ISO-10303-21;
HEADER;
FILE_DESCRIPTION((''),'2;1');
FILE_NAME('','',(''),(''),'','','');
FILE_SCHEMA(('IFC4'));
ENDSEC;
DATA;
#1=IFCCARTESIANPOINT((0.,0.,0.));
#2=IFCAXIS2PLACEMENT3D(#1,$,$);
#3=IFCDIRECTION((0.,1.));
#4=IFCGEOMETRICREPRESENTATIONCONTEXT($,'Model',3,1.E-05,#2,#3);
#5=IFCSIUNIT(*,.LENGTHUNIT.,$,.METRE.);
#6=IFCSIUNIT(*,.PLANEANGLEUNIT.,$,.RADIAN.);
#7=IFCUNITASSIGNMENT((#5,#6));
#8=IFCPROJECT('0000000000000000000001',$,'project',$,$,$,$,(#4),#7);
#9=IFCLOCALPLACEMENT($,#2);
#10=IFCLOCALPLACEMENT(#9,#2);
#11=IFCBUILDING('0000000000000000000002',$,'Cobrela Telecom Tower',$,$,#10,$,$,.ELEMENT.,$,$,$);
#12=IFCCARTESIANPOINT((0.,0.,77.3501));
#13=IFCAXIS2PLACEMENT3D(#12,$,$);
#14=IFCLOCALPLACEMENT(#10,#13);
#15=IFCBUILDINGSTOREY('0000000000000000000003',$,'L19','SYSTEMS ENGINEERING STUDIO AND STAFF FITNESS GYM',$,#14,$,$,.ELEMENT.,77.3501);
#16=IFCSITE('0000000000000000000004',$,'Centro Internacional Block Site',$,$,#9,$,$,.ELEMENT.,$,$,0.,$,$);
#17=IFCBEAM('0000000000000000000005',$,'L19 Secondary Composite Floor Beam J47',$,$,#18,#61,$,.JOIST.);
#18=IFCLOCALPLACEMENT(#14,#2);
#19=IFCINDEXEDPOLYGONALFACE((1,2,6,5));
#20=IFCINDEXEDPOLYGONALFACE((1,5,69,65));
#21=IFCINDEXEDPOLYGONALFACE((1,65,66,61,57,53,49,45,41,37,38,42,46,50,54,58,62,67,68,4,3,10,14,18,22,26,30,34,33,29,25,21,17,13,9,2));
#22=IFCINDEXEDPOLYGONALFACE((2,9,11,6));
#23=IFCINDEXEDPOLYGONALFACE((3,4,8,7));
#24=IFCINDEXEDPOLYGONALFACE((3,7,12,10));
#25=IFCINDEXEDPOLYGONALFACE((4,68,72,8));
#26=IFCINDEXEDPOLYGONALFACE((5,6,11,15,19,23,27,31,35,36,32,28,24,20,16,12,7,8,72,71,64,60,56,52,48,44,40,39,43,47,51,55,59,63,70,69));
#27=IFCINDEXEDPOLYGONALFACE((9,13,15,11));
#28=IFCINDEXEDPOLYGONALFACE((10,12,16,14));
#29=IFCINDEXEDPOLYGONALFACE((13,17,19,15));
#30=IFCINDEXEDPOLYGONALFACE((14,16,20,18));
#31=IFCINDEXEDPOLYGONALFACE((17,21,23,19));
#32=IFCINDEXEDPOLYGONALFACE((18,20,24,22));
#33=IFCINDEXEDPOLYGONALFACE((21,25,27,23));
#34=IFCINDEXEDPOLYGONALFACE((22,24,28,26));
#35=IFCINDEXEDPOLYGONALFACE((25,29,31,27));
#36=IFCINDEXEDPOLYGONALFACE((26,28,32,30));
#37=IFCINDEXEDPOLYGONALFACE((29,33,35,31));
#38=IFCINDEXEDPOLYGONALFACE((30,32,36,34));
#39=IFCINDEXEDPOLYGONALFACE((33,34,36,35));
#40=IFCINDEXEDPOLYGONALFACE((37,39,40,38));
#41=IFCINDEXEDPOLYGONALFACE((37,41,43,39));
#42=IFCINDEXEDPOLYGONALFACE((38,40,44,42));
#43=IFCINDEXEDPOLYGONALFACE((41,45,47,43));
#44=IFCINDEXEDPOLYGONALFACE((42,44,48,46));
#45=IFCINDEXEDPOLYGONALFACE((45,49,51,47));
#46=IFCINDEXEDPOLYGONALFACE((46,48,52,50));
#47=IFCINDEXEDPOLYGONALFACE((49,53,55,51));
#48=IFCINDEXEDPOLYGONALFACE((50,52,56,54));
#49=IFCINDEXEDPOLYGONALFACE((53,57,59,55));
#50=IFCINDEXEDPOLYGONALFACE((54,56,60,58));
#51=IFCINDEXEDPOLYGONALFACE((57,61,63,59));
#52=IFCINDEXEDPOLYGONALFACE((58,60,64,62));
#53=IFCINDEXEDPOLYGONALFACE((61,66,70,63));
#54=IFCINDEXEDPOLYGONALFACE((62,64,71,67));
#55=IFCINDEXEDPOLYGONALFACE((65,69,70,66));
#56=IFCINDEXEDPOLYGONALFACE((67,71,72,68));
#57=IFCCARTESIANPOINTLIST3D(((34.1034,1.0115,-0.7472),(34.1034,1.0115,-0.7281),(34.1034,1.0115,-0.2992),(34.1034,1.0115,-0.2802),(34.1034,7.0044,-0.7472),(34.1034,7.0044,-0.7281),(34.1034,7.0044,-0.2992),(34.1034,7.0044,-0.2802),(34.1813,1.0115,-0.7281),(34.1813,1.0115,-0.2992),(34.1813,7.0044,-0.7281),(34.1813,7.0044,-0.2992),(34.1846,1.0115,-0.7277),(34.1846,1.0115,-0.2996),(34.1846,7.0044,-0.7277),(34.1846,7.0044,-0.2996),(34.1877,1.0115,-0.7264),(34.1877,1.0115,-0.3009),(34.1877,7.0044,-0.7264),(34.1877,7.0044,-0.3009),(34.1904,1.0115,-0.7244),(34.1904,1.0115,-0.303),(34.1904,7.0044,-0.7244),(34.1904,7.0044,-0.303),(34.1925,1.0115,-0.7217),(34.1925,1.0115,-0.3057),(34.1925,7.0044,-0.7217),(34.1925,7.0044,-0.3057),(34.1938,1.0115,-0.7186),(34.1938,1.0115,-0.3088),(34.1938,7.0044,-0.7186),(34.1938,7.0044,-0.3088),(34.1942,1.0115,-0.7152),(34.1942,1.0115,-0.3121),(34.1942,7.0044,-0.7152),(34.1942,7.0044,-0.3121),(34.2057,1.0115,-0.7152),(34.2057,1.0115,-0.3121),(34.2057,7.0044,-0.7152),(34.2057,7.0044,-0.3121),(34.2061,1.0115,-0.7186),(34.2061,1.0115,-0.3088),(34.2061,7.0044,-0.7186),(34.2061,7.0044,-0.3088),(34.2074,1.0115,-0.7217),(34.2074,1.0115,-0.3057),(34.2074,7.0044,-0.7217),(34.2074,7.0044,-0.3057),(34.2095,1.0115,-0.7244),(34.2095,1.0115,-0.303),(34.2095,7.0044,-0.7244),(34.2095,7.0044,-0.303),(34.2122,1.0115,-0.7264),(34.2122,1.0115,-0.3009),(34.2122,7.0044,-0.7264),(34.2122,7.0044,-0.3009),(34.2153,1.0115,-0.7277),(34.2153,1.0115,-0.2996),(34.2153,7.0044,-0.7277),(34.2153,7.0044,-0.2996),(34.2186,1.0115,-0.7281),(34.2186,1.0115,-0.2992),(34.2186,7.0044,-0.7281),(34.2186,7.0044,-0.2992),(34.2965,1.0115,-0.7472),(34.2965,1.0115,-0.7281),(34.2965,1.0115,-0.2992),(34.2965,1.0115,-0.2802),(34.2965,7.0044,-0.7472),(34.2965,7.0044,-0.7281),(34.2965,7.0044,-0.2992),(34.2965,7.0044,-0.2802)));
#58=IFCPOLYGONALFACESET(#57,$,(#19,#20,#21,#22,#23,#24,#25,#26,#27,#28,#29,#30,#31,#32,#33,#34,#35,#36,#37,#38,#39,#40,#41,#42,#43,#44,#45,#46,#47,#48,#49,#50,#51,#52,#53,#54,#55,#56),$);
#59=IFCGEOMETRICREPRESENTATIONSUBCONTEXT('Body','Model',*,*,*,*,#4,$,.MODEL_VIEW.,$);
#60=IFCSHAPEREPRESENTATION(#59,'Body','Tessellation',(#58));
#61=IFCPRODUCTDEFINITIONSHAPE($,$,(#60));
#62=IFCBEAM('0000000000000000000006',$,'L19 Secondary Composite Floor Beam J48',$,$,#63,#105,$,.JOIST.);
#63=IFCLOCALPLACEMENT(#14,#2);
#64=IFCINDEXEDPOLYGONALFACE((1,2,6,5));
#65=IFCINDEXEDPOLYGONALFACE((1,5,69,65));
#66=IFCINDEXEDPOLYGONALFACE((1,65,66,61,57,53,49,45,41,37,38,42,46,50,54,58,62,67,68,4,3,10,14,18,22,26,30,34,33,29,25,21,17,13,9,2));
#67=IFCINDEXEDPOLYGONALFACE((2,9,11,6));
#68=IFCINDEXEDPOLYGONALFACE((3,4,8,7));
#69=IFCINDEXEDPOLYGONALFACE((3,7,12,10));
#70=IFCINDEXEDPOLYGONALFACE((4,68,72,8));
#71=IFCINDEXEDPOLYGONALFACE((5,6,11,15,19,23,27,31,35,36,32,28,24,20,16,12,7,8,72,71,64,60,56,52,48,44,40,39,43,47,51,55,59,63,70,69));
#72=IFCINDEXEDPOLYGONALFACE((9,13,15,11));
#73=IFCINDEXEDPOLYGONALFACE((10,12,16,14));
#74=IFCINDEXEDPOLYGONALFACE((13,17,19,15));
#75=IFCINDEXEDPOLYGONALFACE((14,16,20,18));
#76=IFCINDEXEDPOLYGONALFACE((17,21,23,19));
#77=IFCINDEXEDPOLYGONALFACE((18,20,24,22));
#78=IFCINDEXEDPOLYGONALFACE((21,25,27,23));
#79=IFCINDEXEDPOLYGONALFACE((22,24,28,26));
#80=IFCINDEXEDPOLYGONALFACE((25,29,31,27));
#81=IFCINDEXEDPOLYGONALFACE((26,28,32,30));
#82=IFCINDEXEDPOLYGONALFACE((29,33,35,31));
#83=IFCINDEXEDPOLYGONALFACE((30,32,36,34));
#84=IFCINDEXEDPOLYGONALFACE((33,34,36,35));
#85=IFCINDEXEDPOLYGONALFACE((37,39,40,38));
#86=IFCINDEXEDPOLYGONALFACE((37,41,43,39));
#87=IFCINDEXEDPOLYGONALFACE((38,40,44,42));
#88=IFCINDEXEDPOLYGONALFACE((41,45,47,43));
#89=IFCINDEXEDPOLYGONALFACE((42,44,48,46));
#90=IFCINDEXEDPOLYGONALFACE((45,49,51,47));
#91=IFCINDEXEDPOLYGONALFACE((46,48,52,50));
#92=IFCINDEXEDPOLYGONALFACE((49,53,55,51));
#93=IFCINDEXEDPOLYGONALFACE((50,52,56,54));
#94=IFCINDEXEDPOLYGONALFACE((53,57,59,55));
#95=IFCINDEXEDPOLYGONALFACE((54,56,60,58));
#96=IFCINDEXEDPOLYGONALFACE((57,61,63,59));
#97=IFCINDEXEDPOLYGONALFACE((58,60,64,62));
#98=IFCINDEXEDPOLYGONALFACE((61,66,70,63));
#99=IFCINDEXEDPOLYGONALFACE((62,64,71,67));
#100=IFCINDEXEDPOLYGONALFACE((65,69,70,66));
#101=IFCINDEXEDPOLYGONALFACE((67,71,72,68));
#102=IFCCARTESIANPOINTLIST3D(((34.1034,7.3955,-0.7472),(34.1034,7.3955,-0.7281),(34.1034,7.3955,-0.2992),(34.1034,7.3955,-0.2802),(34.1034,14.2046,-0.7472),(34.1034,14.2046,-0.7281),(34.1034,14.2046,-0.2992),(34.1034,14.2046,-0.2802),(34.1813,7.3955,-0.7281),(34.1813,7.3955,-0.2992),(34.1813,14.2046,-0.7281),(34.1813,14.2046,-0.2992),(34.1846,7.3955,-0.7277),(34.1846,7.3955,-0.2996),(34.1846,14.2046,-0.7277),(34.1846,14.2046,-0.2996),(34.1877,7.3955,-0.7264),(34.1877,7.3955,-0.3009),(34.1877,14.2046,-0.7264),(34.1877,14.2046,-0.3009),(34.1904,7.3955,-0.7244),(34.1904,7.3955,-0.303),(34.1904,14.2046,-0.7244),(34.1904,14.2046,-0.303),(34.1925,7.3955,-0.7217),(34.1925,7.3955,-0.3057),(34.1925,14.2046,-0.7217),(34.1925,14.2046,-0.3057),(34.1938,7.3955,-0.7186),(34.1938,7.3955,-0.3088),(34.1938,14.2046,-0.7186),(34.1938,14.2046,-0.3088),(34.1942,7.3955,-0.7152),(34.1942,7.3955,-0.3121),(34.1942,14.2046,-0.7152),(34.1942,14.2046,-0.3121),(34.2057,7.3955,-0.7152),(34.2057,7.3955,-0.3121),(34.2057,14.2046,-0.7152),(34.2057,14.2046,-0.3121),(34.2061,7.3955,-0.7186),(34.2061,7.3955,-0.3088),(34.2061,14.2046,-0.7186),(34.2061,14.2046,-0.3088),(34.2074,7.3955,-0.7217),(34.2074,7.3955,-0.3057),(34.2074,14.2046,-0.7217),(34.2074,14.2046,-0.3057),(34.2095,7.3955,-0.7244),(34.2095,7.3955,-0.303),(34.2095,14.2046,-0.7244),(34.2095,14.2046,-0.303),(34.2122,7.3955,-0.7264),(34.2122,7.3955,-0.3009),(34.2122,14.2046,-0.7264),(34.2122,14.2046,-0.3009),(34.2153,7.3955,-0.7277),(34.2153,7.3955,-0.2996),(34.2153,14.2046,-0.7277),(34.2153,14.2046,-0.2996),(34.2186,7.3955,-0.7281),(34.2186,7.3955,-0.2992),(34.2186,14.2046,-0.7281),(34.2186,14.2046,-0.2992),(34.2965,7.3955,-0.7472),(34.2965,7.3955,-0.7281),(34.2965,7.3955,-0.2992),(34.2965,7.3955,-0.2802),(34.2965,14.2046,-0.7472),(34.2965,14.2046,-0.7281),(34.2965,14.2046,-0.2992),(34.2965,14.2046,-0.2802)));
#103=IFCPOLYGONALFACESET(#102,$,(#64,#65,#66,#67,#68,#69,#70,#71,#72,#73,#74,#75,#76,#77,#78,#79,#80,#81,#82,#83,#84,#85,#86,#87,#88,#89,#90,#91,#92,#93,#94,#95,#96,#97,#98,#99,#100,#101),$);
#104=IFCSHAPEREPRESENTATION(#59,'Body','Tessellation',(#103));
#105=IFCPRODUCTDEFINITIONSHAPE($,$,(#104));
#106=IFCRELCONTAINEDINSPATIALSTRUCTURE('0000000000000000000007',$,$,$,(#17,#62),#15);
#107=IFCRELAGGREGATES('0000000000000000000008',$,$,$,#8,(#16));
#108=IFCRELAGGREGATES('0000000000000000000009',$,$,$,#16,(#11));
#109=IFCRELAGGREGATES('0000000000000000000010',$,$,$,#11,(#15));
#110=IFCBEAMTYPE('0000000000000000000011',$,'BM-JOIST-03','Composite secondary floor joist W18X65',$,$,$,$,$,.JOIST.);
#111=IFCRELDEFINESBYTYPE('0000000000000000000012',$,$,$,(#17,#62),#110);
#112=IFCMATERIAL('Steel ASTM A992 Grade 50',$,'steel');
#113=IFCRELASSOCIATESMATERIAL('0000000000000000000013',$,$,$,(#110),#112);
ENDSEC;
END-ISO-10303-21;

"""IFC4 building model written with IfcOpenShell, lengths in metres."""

from ifc_helpers import new_model, si_unit, direction, frame, origin, origin_2d, place, context, subcontext, project, spatial, i_section, extrude, material, material_profile, profile_set, type_object, element, save


model = new_model("IFC4")

# Units and contexts
model_context = context("Model", 3, precision=1e-05, world=origin(), true_north=direction((0.0, 1.0)))
body_context = subcontext(model_context, "Body", "Model", "MODEL_VIEW")
ifc_project = project(units=[si_unit("LENGTHUNIT", "METRE"), si_unit("PLANEANGLEUNIT", "RADIAN")], contexts=[model_context])

# Site, building, storey
site_placement = place(None, origin())
site = spatial("IfcSite", under=ifc_project, at=site_placement, Name="Centro Internacional Block Site", CompositionType="ELEMENT", RefElevation=0.0)
building_placement = place(site_placement, origin())
building = spatial("IfcBuilding", under=site, at=building_placement, Name="Cobrela Telecom Tower", CompositionType="ELEMENT")
storey_placement = place(building_placement, frame((0.0, 0.0, 77.3501)))
storey = spatial("IfcBuildingStorey", under=building, at=storey_placement, Name="L19", Description="SYSTEMS ENGINEERING STUDIO AND STAFF FITNESS GYM", CompositionType="ELEMENT", Elevation=77.3501)

# Shared definitions
ifc_material = material(Name="Steel ASTM A992 Grade 50", Category="steel")

# Beams
ifc_material_profile_1 = material_profile(ifc_material, i_section(OverallWidth=0.1931, OverallDepth=0.467, WebThickness=0.0115, FlangeThickness=0.019, FilletRadius=0.0129, at=origin_2d()), Name="W18X65")
ifc_profile_set_1 = profile_set([ifc_material_profile_1], Name="Steel ASTM A992 Grade 50")
beam_type_1 = type_object("IfcBeamType", Name="BM-JOIST-03", Description="Composite secondary floor joist W18X65", PredefinedType="JOIST", material=ifc_profile_set_1)
beam_1_placement = place(storey_placement, frame((34.2, 1.0115, -0.5137), z_axis=(0.0, 1.0, 0.0), x_axis=(-1.0, 0.0, 0.0)))
element("IfcBeam", 1, at=beam_1_placement, inside=storey, type_object=beam_type_1, Name="L19 Secondary Composite Floor Beam J47", PredefinedType="JOIST", context=body_context, shape_type="SweptSolid", body=[
    extrude(i_section(OverallWidth=0.1931, OverallDepth=0.467, WebThickness=0.0115, FlangeThickness=0.019, FilletRadius=0.0129, at=origin_2d()), origin(), (0.0, 0.0, 1.0), 5.9929),
])
beam_2_placement = place(storey_placement, frame((34.2, 7.3955, -0.5137), z_axis=(0.0, 1.0, 0.0), x_axis=(-1.0, 0.0, 0.0)))
element("IfcBeam", 2, at=beam_2_placement, inside=storey, type_object=beam_type_1, Name="L19 Secondary Composite Floor Beam J48", PredefinedType="JOIST", context=body_context, shape_type="SweptSolid", body=[
    extrude(i_section(OverallWidth=0.1931, OverallDepth=0.467, WebThickness=0.0115, FlangeThickness=0.019, FilletRadius=0.0129, at=origin_2d()), origin(), (0.0, 0.0, 1.0), 6.8091),
])

save(model, "model.ifc")
